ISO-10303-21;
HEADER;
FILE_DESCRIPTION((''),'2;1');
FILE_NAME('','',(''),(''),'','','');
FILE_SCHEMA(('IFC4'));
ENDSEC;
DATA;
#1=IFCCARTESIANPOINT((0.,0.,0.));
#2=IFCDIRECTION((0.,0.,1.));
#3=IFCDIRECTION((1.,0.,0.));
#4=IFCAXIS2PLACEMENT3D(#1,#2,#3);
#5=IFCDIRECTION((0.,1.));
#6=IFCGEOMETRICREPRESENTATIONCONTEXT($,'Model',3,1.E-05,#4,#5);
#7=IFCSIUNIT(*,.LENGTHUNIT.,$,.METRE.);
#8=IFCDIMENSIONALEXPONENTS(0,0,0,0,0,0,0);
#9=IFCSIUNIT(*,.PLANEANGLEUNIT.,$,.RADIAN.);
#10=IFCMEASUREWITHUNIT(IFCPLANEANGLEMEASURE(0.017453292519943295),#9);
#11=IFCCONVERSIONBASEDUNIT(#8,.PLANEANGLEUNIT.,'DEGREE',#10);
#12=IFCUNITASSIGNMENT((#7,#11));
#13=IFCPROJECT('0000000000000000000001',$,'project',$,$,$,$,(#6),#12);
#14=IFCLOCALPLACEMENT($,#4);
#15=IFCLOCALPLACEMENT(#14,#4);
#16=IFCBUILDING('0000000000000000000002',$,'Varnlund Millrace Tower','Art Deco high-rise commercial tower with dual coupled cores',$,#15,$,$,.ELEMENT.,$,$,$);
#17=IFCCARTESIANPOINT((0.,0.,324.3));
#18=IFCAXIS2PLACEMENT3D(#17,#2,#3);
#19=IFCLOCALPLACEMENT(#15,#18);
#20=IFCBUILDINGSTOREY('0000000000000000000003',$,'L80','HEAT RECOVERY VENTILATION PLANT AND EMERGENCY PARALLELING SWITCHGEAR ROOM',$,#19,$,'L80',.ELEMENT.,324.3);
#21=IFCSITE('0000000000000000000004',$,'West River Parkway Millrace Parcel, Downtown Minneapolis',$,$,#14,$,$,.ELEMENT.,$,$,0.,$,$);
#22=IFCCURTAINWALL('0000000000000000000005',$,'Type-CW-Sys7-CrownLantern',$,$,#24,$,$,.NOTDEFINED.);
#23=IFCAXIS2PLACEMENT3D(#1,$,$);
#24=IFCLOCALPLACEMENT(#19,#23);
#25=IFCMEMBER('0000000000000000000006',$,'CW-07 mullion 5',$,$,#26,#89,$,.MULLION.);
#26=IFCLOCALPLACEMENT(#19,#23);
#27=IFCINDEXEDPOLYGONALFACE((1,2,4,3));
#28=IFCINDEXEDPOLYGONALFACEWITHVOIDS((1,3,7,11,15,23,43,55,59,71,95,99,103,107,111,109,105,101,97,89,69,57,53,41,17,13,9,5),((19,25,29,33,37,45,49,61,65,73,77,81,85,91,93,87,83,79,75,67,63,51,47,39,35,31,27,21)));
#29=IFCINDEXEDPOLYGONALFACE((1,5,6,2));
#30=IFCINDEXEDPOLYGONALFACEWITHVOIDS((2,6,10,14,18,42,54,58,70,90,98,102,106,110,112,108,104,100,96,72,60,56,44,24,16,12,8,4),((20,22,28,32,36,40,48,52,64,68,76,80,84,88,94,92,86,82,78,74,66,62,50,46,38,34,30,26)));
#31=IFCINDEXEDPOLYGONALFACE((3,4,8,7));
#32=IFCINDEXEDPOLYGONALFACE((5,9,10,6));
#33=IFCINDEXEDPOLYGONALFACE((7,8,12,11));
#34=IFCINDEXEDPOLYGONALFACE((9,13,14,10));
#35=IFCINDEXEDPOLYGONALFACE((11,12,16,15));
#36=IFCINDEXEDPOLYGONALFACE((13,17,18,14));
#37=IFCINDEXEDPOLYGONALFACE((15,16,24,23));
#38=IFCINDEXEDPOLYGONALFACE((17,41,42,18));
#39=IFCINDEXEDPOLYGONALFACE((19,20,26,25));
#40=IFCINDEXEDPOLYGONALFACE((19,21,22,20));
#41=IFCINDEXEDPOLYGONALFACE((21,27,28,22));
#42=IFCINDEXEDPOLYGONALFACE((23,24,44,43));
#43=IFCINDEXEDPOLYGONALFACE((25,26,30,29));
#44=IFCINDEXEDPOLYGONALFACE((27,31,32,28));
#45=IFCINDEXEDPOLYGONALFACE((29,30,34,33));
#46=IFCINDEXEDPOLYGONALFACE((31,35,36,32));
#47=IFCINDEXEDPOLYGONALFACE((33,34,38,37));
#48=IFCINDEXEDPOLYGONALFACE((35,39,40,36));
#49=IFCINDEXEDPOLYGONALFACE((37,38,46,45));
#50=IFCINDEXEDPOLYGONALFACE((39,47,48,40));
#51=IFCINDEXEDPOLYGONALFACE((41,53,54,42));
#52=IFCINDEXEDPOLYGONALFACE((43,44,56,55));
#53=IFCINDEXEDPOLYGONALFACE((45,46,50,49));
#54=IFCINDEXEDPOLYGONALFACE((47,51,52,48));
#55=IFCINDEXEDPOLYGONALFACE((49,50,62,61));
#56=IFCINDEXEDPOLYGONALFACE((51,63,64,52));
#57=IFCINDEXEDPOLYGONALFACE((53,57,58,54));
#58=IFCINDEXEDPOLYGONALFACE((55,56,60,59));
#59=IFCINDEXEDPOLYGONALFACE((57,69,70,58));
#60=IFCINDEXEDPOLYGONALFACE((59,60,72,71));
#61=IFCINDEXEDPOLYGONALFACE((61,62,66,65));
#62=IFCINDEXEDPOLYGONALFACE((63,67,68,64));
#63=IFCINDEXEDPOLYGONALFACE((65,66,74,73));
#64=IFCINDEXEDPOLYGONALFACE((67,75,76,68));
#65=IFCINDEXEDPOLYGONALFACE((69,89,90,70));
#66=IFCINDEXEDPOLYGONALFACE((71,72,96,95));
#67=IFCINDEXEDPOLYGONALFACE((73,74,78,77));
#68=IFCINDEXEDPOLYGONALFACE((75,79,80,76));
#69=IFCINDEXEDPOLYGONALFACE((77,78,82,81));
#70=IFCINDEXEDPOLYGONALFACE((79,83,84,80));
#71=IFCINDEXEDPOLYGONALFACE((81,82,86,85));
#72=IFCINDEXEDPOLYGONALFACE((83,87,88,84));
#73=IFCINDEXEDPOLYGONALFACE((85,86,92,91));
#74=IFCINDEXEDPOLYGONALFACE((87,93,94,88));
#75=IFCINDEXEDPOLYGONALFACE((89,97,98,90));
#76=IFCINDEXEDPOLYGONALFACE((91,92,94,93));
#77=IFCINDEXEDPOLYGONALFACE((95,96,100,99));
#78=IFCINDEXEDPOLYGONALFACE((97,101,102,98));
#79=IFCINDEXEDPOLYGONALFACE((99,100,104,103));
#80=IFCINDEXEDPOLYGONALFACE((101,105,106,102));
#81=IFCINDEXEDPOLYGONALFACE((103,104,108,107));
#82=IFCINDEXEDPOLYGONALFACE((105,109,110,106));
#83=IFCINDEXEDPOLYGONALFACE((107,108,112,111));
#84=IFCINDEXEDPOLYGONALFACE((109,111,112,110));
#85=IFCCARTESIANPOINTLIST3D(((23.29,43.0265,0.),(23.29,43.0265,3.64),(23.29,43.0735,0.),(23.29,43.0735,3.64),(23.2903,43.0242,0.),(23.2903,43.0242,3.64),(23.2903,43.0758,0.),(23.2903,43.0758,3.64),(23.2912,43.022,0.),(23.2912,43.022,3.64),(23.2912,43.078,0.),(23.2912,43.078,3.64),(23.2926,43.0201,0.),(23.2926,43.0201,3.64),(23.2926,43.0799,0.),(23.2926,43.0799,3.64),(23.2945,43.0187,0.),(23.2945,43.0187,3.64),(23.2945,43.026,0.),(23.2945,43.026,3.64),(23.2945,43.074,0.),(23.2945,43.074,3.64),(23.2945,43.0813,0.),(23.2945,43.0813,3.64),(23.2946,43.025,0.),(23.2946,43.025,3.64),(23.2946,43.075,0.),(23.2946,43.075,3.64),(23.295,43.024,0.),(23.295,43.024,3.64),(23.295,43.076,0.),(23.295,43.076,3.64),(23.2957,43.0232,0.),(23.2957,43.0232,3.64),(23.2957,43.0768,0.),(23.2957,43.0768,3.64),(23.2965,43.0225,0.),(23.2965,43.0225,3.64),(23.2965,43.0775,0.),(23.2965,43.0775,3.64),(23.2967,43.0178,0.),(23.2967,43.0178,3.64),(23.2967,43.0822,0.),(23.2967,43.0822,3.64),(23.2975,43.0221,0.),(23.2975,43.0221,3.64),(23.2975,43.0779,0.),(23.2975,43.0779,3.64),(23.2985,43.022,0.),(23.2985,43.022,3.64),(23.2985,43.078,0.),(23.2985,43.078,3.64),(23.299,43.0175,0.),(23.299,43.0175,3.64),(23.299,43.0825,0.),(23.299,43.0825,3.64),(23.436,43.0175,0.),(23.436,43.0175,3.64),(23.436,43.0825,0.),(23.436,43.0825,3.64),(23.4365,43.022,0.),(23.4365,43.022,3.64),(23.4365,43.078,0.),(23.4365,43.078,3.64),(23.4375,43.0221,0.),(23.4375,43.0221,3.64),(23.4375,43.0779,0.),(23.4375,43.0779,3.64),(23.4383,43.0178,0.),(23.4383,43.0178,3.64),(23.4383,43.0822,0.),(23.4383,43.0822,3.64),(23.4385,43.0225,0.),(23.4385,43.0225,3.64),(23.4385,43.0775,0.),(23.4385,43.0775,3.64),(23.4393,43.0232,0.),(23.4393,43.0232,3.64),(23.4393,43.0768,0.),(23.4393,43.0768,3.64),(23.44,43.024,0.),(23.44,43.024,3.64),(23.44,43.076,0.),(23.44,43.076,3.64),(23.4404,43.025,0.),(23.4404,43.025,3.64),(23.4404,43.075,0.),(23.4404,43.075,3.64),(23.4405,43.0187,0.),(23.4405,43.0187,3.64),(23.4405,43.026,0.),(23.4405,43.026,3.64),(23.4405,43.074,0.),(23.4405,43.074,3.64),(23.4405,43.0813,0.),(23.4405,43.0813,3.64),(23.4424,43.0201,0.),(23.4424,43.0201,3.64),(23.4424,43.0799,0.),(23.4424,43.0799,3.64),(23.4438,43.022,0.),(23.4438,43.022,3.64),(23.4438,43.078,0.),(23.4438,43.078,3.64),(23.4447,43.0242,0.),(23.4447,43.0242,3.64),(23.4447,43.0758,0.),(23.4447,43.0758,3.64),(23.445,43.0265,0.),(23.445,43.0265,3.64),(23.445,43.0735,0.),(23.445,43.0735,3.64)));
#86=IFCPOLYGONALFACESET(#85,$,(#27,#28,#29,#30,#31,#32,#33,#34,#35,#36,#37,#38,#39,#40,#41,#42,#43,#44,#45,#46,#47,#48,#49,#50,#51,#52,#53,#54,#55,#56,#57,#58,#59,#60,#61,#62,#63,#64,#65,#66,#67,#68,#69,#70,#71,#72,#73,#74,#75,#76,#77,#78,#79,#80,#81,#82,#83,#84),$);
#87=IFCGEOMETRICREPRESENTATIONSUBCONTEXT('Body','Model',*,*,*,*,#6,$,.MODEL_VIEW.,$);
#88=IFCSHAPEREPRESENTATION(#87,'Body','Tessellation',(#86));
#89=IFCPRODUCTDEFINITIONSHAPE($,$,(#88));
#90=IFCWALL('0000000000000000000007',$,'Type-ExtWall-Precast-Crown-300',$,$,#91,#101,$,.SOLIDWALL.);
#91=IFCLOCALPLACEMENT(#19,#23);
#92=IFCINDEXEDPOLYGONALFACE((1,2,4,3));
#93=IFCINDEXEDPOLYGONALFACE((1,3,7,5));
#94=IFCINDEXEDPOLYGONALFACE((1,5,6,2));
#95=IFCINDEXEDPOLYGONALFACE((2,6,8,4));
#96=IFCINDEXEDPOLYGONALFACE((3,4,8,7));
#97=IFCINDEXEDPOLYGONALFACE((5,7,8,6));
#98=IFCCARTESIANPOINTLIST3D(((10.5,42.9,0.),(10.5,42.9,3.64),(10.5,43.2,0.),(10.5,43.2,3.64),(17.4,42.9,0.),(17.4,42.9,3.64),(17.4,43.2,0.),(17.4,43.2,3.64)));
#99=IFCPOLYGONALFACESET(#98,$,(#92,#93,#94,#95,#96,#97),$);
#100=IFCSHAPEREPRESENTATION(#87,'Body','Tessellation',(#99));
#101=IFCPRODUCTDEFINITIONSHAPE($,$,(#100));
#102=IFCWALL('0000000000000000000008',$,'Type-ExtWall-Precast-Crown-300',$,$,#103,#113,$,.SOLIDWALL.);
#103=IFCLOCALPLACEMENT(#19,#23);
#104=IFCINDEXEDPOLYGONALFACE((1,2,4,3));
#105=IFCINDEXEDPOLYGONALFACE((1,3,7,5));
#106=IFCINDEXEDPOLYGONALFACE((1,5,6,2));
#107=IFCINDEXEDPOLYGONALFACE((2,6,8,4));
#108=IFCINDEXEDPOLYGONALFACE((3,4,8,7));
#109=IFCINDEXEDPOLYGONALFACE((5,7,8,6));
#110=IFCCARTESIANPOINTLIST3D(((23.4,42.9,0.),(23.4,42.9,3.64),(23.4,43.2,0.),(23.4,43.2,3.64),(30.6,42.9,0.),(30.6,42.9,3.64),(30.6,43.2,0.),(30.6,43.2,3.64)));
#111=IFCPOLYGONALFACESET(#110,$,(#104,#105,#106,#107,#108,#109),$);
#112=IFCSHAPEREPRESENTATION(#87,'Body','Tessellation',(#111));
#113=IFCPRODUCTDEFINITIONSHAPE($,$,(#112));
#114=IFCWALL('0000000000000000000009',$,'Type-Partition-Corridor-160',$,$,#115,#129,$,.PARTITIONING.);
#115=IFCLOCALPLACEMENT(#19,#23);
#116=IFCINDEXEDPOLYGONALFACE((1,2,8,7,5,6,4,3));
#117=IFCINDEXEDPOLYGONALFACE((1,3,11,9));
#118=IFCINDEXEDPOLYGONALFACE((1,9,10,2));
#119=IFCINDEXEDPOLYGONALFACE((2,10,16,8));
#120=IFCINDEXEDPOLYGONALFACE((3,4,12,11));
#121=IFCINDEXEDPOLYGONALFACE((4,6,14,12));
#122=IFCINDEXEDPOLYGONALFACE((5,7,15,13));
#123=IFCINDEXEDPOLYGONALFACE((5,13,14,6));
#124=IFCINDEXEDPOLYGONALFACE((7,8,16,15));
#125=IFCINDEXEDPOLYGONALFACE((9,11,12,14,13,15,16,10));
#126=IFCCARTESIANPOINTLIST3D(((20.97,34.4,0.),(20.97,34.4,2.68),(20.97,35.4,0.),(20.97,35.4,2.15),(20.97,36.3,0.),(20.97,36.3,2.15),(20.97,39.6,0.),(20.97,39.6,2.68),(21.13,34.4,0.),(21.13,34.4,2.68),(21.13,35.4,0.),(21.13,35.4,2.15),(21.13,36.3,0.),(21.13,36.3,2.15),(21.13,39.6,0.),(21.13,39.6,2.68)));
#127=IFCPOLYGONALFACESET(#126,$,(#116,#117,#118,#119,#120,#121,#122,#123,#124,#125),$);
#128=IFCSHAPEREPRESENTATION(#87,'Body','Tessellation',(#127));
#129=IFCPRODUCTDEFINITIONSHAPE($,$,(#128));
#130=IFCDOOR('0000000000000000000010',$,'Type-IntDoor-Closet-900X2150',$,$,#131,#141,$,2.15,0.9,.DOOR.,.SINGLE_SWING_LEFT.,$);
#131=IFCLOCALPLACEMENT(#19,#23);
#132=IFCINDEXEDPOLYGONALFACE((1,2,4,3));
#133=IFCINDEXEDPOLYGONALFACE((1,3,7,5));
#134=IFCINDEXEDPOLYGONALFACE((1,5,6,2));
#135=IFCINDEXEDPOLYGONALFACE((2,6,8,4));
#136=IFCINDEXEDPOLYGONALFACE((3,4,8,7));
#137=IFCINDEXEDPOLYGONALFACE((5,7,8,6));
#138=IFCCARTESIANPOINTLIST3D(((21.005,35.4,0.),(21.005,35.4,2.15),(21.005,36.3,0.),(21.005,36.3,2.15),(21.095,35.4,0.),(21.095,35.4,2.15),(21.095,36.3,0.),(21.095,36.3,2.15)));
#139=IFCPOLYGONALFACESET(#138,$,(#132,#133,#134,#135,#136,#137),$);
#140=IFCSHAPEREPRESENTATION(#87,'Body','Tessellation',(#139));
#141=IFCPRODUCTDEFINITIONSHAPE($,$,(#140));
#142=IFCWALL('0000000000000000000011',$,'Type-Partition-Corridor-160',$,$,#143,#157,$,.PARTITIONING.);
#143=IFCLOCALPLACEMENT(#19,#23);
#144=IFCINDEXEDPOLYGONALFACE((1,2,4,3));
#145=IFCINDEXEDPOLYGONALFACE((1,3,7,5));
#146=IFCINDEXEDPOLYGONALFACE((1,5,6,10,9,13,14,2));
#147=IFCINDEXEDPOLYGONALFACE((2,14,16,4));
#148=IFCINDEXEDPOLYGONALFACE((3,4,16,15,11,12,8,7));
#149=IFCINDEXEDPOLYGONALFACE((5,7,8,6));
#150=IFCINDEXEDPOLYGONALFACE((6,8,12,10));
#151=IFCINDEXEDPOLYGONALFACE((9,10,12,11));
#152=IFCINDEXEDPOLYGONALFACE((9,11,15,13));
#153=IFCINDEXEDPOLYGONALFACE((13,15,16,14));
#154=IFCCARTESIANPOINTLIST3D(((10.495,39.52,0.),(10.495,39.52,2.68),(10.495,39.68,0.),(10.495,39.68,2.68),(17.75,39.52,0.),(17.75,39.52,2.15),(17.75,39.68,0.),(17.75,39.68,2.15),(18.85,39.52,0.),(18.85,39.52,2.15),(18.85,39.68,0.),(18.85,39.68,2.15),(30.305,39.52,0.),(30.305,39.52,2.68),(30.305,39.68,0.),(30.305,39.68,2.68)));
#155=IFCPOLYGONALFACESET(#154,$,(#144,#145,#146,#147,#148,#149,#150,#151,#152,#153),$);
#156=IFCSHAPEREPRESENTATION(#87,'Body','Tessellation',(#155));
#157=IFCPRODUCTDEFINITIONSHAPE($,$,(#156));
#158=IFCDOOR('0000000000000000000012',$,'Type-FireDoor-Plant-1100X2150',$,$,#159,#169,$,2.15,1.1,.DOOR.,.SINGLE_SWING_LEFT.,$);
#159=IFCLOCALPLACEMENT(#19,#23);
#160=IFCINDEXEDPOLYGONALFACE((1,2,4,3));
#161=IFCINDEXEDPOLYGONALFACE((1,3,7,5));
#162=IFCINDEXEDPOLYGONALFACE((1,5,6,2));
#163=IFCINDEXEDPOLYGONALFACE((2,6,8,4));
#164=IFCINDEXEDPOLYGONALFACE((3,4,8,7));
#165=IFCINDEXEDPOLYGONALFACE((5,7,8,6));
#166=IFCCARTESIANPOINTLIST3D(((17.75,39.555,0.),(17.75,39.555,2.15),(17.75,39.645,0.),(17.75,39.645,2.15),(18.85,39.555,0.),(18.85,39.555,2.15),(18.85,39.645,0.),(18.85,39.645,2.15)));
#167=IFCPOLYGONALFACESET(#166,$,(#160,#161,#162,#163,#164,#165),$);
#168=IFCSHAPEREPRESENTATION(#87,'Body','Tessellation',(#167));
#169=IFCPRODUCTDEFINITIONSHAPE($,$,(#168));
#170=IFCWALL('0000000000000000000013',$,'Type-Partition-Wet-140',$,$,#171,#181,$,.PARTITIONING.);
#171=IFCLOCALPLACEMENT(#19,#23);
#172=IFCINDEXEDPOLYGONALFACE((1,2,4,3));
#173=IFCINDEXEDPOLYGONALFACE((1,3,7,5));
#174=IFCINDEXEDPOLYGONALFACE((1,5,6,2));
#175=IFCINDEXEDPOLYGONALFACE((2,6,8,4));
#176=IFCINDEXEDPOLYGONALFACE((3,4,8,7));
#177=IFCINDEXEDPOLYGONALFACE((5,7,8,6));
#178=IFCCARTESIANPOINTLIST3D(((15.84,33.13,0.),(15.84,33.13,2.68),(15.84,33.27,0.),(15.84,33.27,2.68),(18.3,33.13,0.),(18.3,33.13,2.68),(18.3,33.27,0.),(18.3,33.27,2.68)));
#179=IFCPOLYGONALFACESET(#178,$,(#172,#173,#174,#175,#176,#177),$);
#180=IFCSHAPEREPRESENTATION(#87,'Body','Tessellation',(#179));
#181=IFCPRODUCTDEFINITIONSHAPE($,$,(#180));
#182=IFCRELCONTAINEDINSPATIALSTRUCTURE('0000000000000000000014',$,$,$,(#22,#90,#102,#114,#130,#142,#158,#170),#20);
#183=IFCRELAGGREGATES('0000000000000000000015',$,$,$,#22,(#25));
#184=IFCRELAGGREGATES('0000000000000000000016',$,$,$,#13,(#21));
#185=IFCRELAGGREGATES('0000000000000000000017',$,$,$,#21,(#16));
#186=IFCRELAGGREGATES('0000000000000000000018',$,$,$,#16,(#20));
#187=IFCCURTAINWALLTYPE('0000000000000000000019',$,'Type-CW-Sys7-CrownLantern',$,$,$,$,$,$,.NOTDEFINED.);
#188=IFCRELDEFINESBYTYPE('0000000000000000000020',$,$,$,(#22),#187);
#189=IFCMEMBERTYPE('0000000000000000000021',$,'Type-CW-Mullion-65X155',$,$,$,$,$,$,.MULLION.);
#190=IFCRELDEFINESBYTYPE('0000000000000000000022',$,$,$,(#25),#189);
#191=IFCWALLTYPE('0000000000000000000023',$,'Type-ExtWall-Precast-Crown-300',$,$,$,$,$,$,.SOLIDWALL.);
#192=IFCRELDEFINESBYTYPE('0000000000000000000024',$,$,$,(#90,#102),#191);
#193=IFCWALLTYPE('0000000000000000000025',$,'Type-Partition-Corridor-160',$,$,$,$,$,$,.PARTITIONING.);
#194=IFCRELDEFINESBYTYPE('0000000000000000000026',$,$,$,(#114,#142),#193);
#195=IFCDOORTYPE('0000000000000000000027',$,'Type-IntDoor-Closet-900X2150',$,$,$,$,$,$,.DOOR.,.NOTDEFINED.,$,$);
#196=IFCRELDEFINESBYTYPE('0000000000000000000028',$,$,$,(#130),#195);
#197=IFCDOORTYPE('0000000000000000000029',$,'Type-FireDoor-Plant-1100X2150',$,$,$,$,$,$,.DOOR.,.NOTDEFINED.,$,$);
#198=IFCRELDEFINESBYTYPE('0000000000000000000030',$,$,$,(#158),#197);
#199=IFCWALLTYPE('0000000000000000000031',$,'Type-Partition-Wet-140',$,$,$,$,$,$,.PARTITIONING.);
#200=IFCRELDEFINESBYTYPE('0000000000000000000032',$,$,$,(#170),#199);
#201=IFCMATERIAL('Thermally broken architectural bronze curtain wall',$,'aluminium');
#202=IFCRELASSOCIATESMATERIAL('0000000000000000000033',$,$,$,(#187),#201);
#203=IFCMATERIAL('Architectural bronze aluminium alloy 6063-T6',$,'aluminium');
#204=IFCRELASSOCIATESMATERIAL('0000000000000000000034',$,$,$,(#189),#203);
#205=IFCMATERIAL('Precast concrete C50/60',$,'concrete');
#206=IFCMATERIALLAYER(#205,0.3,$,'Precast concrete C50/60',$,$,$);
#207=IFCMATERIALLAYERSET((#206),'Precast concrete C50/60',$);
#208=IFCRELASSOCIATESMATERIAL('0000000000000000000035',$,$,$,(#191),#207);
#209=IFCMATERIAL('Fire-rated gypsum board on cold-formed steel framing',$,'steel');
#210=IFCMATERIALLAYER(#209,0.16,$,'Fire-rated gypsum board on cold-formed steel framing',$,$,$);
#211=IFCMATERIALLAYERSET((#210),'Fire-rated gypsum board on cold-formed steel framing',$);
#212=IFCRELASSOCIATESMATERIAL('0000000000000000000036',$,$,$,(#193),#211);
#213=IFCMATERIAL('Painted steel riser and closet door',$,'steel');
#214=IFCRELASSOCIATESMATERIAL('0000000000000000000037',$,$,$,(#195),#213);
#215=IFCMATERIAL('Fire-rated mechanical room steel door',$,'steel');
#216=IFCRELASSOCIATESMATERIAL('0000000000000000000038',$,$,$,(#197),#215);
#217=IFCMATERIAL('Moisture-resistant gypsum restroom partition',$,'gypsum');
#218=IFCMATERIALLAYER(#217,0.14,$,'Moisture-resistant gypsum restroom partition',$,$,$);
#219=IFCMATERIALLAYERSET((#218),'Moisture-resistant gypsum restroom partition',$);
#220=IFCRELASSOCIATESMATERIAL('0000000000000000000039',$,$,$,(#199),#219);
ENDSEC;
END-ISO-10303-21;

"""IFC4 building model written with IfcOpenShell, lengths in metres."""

from ifc_helpers import new_model, entity, si_unit, converted_unit, direction, frame, origin_with_axes, origin_2d_with_axis, place, context, subcontext, project, spatial, polyline, rectangle, hollow_rectangle, outline, extrude, material, layer, layer_set, material_profile, profile_set, type_object, element, fill, aggregate, save


model = new_model("IFC4")

# Units and contexts
model_context = context("Model", 3, precision=1e-05, world=origin_with_axes(), true_north=direction((0.0, 1.0)))
body_context = subcontext(model_context, "Body", "Model", "MODEL_VIEW")
ifc_project = project(units=[si_unit("LENGTHUNIT", "METRE"), converted_unit("PLANEANGLEUNIT", "DEGREE", entity("IfcPlaneAngleMeasure", 0.017453292519943295), si_unit("PLANEANGLEUNIT", "RADIAN"), dimensions=[0, 0, 0, 0, 0, 0, 0])], contexts=[model_context])

# Site, building, storey
site_placement = place(None, origin_with_axes())
site = spatial("IfcSite", under=ifc_project, at=site_placement, Name="West River Parkway Millrace Parcel, Downtown Minneapolis", CompositionType="ELEMENT", RefElevation=0.0)
building_placement = place(site_placement, origin_with_axes())
building = spatial("IfcBuilding", under=site, at=building_placement, Name="Varnlund Millrace Tower", Description="Art Deco high-rise commercial tower with dual coupled cores", CompositionType="ELEMENT")
storey_placement = place(building_placement, frame((0.0, 0.0, 324.3), z_axis=(0.0, 0.0, 1.0), x_axis=(1.0, 0.0, 0.0)))
storey = spatial("IfcBuildingStorey", under=building, at=storey_placement, Name="L80", Description="HEAT RECOVERY VENTILATION PLANT AND EMERGENCY PARALLELING SWITCHGEAR ROOM", LongName="L80", CompositionType="ELEMENT", Elevation=324.3)

# Curtain wall, member
ifc_material_1 = material(Name="Thermally broken architectural bronze curtain wall", Category="aluminium")
curtain_wall_type = type_object("IfcCurtainWallType", Name="Type-CW-Sys7-CrownLantern", PredefinedType="NOTDEFINED", material=ifc_material_1)
ifc_material_2 = material(Name="Architectural bronze aluminium alloy 6063-T6", Category="aluminium")
ifc_material_profile_1 = material_profile(ifc_material_2, hollow_rectangle(XDim=0.065, YDim=0.155, WallThickness=0.0045, InnerFilletRadius=0.004, OuterFilletRadius=0.009, at=origin_2d_with_axis()), Name="Architectural bronze aluminium alloy 6063-T6")
ifc_profile_set_1 = profile_set([ifc_material_profile_1], Name="Architectural bronze aluminium alloy 6063-T6")
member_type = type_object("IfcMemberType", Name="Type-CW-Mullion-65X155", PredefinedType="MULLION", material=ifc_profile_set_1)
curtain_wall_1_placement = place(storey_placement, frame((17.4, 43.05, 0.0), z_axis=(0.0, 0.0, 1.0), x_axis=(1.0, 0.0, 0.0)))
curtain_wall_1 = element("IfcCurtainWall", 1, at=curtain_wall_1_placement, inside=storey, type_object=curtain_wall_type, Name="Type-CW-Sys7-CrownLantern", PredefinedType="NOTDEFINED")
member_1_placement = place(storey_placement, frame((23.3675, 43.05, 0.0), z_axis=(0.0, 0.0, 1.0), x_axis=(0.0, 1.0, 0.0)))
member_1 = element("IfcMember", 2, at=member_1_placement, type_object=member_type, Name="CW-07 mullion 5", PredefinedType="MULLION", context=body_context, shape_type="SweptSolid", body=[
    extrude(hollow_rectangle(XDim=0.065, YDim=0.155, WallThickness=0.0045, InnerFilletRadius=0.004, OuterFilletRadius=0.009, at=origin_2d_with_axis()), origin_with_axes(), (0.0, 0.0, 1.0), 3.64),
])
aggregate(curtain_wall_1, [member_1])

# Walls
ifc_material_3 = material(Name="Precast concrete C50/60", Category="concrete")
ifc_layer_1 = layer(ifc_material_3, 0.3, Name="Precast concrete C50/60")
ifc_layer_set_1 = layer_set([ifc_layer_1], Name="Precast concrete C50/60")
wall_type_1 = type_object("IfcWallType", Name="Type-ExtWall-Precast-Crown-300", PredefinedType="SOLIDWALL", material=ifc_layer_set_1)
wall_1_placement = place(storey_placement, frame((10.5, 43.05, 0.0), z_axis=(0.0, 0.0, 1.0), x_axis=(1.0, 0.0, 0.0)))
element("IfcWall", 3, at=wall_1_placement, inside=storey, type_object=wall_type_1, Name="Type-ExtWall-Precast-Crown-300", PredefinedType="SOLIDWALL", context=body_context, shape_type="SweptSolid", body=[
    extrude(outline(polyline([(0.0, -0.15), (6.9, -0.15), (6.9, 0.15), (0.0, 0.15), (0.0, -0.15)])), origin_with_axes(), (0.0, 0.0, 1.0), 3.64),
])
wall_2_placement = place(storey_placement, frame((23.4, 43.05, 0.0), z_axis=(0.0, 0.0, 1.0), x_axis=(1.0, 0.0, 0.0)))
element("IfcWall", 4, at=wall_2_placement, inside=storey, type_object=wall_type_1, Name="Type-ExtWall-Precast-Crown-300", PredefinedType="SOLIDWALL", context=body_context, shape_type="SweptSolid", body=[
    extrude(outline(polyline([(0.0, -0.15), (7.2, -0.15), (7.2, 0.15), (0.0, 0.15), (0.0, -0.15)])), origin_with_axes(), (0.0, 0.0, 1.0), 3.64),
])

# Walls, openings, doors
ifc_material_4 = material(Name="Fire-rated gypsum board on cold-formed steel framing", Category="steel")
ifc_layer_2 = layer(ifc_material_4, 0.16, Name="Fire-rated gypsum board on cold-formed steel framing")
ifc_layer_set_2 = layer_set([ifc_layer_2], Name="Fire-rated gypsum board on cold-formed steel framing")
wall_type_2 = type_object("IfcWallType", Name="Type-Partition-Corridor-160", PredefinedType="PARTITIONING", material=ifc_layer_set_2)
wall_3_placement = place(storey_placement, frame((21.05, 34.4, 0.0), z_axis=(0.0, 0.0, 1.0), x_axis=(0.0, 1.0, 0.0)))
wall_3 = element("IfcWall", 5, at=wall_3_placement, inside=storey, type_object=wall_type_2, Name="Type-Partition-Corridor-160", PredefinedType="PARTITIONING", context=body_context, shape_type="SweptSolid", body=[
    extrude(outline(polyline([(0.0, -0.08), (5.2, -0.08), (5.2, 0.08), (0.0, 0.08), (0.0, -0.08)])), origin_with_axes(), (0.0, 0.0, 1.0), 2.68),
])
opening_1_placement = place(wall_3_placement, frame((1.45, 0.0, 0.0), z_axis=(0.0, 0.0, 1.0), x_axis=(1.0, 0.0, 0.0)))
opening_1 = element("IfcOpeningElement", 6, at=opening_1_placement, cuts=wall_3, PredefinedType="OPENING", context=body_context, shape_type="SweptSolid", body=[
    extrude(rectangle(XDim=0.9, YDim=0.18, at=origin_2d_with_axis()), origin_with_axes(), (0.0, 0.0, 1.0), 2.15),
])
ifc_material_5 = material(Name="Painted steel riser and closet door", Category="steel")
door_type_1 = type_object("IfcDoorType", Name="Type-IntDoor-Closet-900X2150", OperationType="NOTDEFINED", PredefinedType="DOOR", material=ifc_material_5)
door_1_placement = place(wall_3_placement, frame((1.45, 0.0, 0.0), z_axis=(0.0, 0.0, 1.0), x_axis=(1.0, 0.0, 0.0)))
door_1 = element("IfcDoor", 7, at=door_1_placement, inside=storey, type_object=door_type_1, Name="Type-IntDoor-Closet-900X2150", OperationType="SINGLE_SWING_LEFT", OverallHeight=2.15, OverallWidth=0.9, PredefinedType="DOOR", context=body_context, shape_type="SweptSolid", body=[
    extrude(rectangle(XDim=0.9, YDim=0.09, at=origin_2d_with_axis()), origin_with_axes(), (0.0, 0.0, 1.0), 2.15),
])
fill(opening_1, door_1)
wall_4_placement = place(storey_placement, frame((10.495, 39.6, 0.0), z_axis=(0.0, 0.0, 1.0), x_axis=(1.0, 0.0, 0.0)))
wall_4 = element("IfcWall", 8, at=wall_4_placement, inside=storey, type_object=wall_type_2, Name="Type-Partition-Corridor-160", PredefinedType="PARTITIONING", context=body_context, shape_type="SweptSolid", body=[
    extrude(outline(polyline([(0.0, -0.08), (19.81, -0.08), (19.81, 0.08), (0.0, 0.08), (0.0, -0.08)])), origin_with_axes(), (0.0, 0.0, 1.0), 2.68),
])
opening_2_placement = place(wall_4_placement, frame((7.805, 0.0, 0.0), z_axis=(0.0, 0.0, 1.0), x_axis=(1.0, 0.0, 0.0)))
opening_2 = element("IfcOpeningElement", 9, at=opening_2_placement, cuts=wall_4, PredefinedType="OPENING", context=body_context, shape_type="SweptSolid", body=[
    extrude(rectangle(XDim=1.1, YDim=0.18, at=origin_2d_with_axis()), origin_with_axes(), (0.0, 0.0, 1.0), 2.15),
])
ifc_material_6 = material(Name="Fire-rated mechanical room steel door", Category="steel")
door_type_2 = type_object("IfcDoorType", Name="Type-FireDoor-Plant-1100X2150", OperationType="NOTDEFINED", PredefinedType="DOOR", material=ifc_material_6)
door_2_placement = place(wall_4_placement, frame((7.805, 0.0, 0.0), z_axis=(0.0, 0.0, 1.0), x_axis=(1.0, 0.0, 0.0)))
door_2 = element("IfcDoor", 10, at=door_2_placement, inside=storey, type_object=door_type_2, Name="Type-FireDoor-Plant-1100X2150", OperationType="SINGLE_SWING_LEFT", OverallHeight=2.15, OverallWidth=1.1, PredefinedType="DOOR", context=body_context, shape_type="SweptSolid", body=[
    extrude(rectangle(XDim=1.1, YDim=0.09, at=origin_2d_with_axis()), origin_with_axes(), (0.0, 0.0, 1.0), 2.15),
])
fill(opening_2, door_2)

# Wall
ifc_material_7 = material(Name="Moisture-resistant gypsum restroom partition", Category="gypsum")
ifc_layer_3 = layer(ifc_material_7, 0.14, Name="Moisture-resistant gypsum restroom partition")
ifc_layer_set_3 = layer_set([ifc_layer_3], Name="Moisture-resistant gypsum restroom partition")
wall_type_3 = type_object("IfcWallType", Name="Type-Partition-Wet-140", PredefinedType="PARTITIONING", material=ifc_layer_set_3)
wall_5_placement = place(storey_placement, frame((15.84, 33.2, 0.0), z_axis=(0.0, 0.0, 1.0), x_axis=(1.0, 0.0, 0.0)))
element("IfcWall", 11, at=wall_5_placement, inside=storey, type_object=wall_type_3, Name="Type-Partition-Wet-140", PredefinedType="PARTITIONING", context=body_context, shape_type="SweptSolid", body=[
    extrude(outline(polyline([(0.0, -0.07), (2.46, -0.07), (2.46, 0.07), (0.0, 0.07), (0.0, -0.07)])), origin_with_axes(), (0.0, 0.0, 1.0), 2.68),
])

save(model, "model.ifc")
